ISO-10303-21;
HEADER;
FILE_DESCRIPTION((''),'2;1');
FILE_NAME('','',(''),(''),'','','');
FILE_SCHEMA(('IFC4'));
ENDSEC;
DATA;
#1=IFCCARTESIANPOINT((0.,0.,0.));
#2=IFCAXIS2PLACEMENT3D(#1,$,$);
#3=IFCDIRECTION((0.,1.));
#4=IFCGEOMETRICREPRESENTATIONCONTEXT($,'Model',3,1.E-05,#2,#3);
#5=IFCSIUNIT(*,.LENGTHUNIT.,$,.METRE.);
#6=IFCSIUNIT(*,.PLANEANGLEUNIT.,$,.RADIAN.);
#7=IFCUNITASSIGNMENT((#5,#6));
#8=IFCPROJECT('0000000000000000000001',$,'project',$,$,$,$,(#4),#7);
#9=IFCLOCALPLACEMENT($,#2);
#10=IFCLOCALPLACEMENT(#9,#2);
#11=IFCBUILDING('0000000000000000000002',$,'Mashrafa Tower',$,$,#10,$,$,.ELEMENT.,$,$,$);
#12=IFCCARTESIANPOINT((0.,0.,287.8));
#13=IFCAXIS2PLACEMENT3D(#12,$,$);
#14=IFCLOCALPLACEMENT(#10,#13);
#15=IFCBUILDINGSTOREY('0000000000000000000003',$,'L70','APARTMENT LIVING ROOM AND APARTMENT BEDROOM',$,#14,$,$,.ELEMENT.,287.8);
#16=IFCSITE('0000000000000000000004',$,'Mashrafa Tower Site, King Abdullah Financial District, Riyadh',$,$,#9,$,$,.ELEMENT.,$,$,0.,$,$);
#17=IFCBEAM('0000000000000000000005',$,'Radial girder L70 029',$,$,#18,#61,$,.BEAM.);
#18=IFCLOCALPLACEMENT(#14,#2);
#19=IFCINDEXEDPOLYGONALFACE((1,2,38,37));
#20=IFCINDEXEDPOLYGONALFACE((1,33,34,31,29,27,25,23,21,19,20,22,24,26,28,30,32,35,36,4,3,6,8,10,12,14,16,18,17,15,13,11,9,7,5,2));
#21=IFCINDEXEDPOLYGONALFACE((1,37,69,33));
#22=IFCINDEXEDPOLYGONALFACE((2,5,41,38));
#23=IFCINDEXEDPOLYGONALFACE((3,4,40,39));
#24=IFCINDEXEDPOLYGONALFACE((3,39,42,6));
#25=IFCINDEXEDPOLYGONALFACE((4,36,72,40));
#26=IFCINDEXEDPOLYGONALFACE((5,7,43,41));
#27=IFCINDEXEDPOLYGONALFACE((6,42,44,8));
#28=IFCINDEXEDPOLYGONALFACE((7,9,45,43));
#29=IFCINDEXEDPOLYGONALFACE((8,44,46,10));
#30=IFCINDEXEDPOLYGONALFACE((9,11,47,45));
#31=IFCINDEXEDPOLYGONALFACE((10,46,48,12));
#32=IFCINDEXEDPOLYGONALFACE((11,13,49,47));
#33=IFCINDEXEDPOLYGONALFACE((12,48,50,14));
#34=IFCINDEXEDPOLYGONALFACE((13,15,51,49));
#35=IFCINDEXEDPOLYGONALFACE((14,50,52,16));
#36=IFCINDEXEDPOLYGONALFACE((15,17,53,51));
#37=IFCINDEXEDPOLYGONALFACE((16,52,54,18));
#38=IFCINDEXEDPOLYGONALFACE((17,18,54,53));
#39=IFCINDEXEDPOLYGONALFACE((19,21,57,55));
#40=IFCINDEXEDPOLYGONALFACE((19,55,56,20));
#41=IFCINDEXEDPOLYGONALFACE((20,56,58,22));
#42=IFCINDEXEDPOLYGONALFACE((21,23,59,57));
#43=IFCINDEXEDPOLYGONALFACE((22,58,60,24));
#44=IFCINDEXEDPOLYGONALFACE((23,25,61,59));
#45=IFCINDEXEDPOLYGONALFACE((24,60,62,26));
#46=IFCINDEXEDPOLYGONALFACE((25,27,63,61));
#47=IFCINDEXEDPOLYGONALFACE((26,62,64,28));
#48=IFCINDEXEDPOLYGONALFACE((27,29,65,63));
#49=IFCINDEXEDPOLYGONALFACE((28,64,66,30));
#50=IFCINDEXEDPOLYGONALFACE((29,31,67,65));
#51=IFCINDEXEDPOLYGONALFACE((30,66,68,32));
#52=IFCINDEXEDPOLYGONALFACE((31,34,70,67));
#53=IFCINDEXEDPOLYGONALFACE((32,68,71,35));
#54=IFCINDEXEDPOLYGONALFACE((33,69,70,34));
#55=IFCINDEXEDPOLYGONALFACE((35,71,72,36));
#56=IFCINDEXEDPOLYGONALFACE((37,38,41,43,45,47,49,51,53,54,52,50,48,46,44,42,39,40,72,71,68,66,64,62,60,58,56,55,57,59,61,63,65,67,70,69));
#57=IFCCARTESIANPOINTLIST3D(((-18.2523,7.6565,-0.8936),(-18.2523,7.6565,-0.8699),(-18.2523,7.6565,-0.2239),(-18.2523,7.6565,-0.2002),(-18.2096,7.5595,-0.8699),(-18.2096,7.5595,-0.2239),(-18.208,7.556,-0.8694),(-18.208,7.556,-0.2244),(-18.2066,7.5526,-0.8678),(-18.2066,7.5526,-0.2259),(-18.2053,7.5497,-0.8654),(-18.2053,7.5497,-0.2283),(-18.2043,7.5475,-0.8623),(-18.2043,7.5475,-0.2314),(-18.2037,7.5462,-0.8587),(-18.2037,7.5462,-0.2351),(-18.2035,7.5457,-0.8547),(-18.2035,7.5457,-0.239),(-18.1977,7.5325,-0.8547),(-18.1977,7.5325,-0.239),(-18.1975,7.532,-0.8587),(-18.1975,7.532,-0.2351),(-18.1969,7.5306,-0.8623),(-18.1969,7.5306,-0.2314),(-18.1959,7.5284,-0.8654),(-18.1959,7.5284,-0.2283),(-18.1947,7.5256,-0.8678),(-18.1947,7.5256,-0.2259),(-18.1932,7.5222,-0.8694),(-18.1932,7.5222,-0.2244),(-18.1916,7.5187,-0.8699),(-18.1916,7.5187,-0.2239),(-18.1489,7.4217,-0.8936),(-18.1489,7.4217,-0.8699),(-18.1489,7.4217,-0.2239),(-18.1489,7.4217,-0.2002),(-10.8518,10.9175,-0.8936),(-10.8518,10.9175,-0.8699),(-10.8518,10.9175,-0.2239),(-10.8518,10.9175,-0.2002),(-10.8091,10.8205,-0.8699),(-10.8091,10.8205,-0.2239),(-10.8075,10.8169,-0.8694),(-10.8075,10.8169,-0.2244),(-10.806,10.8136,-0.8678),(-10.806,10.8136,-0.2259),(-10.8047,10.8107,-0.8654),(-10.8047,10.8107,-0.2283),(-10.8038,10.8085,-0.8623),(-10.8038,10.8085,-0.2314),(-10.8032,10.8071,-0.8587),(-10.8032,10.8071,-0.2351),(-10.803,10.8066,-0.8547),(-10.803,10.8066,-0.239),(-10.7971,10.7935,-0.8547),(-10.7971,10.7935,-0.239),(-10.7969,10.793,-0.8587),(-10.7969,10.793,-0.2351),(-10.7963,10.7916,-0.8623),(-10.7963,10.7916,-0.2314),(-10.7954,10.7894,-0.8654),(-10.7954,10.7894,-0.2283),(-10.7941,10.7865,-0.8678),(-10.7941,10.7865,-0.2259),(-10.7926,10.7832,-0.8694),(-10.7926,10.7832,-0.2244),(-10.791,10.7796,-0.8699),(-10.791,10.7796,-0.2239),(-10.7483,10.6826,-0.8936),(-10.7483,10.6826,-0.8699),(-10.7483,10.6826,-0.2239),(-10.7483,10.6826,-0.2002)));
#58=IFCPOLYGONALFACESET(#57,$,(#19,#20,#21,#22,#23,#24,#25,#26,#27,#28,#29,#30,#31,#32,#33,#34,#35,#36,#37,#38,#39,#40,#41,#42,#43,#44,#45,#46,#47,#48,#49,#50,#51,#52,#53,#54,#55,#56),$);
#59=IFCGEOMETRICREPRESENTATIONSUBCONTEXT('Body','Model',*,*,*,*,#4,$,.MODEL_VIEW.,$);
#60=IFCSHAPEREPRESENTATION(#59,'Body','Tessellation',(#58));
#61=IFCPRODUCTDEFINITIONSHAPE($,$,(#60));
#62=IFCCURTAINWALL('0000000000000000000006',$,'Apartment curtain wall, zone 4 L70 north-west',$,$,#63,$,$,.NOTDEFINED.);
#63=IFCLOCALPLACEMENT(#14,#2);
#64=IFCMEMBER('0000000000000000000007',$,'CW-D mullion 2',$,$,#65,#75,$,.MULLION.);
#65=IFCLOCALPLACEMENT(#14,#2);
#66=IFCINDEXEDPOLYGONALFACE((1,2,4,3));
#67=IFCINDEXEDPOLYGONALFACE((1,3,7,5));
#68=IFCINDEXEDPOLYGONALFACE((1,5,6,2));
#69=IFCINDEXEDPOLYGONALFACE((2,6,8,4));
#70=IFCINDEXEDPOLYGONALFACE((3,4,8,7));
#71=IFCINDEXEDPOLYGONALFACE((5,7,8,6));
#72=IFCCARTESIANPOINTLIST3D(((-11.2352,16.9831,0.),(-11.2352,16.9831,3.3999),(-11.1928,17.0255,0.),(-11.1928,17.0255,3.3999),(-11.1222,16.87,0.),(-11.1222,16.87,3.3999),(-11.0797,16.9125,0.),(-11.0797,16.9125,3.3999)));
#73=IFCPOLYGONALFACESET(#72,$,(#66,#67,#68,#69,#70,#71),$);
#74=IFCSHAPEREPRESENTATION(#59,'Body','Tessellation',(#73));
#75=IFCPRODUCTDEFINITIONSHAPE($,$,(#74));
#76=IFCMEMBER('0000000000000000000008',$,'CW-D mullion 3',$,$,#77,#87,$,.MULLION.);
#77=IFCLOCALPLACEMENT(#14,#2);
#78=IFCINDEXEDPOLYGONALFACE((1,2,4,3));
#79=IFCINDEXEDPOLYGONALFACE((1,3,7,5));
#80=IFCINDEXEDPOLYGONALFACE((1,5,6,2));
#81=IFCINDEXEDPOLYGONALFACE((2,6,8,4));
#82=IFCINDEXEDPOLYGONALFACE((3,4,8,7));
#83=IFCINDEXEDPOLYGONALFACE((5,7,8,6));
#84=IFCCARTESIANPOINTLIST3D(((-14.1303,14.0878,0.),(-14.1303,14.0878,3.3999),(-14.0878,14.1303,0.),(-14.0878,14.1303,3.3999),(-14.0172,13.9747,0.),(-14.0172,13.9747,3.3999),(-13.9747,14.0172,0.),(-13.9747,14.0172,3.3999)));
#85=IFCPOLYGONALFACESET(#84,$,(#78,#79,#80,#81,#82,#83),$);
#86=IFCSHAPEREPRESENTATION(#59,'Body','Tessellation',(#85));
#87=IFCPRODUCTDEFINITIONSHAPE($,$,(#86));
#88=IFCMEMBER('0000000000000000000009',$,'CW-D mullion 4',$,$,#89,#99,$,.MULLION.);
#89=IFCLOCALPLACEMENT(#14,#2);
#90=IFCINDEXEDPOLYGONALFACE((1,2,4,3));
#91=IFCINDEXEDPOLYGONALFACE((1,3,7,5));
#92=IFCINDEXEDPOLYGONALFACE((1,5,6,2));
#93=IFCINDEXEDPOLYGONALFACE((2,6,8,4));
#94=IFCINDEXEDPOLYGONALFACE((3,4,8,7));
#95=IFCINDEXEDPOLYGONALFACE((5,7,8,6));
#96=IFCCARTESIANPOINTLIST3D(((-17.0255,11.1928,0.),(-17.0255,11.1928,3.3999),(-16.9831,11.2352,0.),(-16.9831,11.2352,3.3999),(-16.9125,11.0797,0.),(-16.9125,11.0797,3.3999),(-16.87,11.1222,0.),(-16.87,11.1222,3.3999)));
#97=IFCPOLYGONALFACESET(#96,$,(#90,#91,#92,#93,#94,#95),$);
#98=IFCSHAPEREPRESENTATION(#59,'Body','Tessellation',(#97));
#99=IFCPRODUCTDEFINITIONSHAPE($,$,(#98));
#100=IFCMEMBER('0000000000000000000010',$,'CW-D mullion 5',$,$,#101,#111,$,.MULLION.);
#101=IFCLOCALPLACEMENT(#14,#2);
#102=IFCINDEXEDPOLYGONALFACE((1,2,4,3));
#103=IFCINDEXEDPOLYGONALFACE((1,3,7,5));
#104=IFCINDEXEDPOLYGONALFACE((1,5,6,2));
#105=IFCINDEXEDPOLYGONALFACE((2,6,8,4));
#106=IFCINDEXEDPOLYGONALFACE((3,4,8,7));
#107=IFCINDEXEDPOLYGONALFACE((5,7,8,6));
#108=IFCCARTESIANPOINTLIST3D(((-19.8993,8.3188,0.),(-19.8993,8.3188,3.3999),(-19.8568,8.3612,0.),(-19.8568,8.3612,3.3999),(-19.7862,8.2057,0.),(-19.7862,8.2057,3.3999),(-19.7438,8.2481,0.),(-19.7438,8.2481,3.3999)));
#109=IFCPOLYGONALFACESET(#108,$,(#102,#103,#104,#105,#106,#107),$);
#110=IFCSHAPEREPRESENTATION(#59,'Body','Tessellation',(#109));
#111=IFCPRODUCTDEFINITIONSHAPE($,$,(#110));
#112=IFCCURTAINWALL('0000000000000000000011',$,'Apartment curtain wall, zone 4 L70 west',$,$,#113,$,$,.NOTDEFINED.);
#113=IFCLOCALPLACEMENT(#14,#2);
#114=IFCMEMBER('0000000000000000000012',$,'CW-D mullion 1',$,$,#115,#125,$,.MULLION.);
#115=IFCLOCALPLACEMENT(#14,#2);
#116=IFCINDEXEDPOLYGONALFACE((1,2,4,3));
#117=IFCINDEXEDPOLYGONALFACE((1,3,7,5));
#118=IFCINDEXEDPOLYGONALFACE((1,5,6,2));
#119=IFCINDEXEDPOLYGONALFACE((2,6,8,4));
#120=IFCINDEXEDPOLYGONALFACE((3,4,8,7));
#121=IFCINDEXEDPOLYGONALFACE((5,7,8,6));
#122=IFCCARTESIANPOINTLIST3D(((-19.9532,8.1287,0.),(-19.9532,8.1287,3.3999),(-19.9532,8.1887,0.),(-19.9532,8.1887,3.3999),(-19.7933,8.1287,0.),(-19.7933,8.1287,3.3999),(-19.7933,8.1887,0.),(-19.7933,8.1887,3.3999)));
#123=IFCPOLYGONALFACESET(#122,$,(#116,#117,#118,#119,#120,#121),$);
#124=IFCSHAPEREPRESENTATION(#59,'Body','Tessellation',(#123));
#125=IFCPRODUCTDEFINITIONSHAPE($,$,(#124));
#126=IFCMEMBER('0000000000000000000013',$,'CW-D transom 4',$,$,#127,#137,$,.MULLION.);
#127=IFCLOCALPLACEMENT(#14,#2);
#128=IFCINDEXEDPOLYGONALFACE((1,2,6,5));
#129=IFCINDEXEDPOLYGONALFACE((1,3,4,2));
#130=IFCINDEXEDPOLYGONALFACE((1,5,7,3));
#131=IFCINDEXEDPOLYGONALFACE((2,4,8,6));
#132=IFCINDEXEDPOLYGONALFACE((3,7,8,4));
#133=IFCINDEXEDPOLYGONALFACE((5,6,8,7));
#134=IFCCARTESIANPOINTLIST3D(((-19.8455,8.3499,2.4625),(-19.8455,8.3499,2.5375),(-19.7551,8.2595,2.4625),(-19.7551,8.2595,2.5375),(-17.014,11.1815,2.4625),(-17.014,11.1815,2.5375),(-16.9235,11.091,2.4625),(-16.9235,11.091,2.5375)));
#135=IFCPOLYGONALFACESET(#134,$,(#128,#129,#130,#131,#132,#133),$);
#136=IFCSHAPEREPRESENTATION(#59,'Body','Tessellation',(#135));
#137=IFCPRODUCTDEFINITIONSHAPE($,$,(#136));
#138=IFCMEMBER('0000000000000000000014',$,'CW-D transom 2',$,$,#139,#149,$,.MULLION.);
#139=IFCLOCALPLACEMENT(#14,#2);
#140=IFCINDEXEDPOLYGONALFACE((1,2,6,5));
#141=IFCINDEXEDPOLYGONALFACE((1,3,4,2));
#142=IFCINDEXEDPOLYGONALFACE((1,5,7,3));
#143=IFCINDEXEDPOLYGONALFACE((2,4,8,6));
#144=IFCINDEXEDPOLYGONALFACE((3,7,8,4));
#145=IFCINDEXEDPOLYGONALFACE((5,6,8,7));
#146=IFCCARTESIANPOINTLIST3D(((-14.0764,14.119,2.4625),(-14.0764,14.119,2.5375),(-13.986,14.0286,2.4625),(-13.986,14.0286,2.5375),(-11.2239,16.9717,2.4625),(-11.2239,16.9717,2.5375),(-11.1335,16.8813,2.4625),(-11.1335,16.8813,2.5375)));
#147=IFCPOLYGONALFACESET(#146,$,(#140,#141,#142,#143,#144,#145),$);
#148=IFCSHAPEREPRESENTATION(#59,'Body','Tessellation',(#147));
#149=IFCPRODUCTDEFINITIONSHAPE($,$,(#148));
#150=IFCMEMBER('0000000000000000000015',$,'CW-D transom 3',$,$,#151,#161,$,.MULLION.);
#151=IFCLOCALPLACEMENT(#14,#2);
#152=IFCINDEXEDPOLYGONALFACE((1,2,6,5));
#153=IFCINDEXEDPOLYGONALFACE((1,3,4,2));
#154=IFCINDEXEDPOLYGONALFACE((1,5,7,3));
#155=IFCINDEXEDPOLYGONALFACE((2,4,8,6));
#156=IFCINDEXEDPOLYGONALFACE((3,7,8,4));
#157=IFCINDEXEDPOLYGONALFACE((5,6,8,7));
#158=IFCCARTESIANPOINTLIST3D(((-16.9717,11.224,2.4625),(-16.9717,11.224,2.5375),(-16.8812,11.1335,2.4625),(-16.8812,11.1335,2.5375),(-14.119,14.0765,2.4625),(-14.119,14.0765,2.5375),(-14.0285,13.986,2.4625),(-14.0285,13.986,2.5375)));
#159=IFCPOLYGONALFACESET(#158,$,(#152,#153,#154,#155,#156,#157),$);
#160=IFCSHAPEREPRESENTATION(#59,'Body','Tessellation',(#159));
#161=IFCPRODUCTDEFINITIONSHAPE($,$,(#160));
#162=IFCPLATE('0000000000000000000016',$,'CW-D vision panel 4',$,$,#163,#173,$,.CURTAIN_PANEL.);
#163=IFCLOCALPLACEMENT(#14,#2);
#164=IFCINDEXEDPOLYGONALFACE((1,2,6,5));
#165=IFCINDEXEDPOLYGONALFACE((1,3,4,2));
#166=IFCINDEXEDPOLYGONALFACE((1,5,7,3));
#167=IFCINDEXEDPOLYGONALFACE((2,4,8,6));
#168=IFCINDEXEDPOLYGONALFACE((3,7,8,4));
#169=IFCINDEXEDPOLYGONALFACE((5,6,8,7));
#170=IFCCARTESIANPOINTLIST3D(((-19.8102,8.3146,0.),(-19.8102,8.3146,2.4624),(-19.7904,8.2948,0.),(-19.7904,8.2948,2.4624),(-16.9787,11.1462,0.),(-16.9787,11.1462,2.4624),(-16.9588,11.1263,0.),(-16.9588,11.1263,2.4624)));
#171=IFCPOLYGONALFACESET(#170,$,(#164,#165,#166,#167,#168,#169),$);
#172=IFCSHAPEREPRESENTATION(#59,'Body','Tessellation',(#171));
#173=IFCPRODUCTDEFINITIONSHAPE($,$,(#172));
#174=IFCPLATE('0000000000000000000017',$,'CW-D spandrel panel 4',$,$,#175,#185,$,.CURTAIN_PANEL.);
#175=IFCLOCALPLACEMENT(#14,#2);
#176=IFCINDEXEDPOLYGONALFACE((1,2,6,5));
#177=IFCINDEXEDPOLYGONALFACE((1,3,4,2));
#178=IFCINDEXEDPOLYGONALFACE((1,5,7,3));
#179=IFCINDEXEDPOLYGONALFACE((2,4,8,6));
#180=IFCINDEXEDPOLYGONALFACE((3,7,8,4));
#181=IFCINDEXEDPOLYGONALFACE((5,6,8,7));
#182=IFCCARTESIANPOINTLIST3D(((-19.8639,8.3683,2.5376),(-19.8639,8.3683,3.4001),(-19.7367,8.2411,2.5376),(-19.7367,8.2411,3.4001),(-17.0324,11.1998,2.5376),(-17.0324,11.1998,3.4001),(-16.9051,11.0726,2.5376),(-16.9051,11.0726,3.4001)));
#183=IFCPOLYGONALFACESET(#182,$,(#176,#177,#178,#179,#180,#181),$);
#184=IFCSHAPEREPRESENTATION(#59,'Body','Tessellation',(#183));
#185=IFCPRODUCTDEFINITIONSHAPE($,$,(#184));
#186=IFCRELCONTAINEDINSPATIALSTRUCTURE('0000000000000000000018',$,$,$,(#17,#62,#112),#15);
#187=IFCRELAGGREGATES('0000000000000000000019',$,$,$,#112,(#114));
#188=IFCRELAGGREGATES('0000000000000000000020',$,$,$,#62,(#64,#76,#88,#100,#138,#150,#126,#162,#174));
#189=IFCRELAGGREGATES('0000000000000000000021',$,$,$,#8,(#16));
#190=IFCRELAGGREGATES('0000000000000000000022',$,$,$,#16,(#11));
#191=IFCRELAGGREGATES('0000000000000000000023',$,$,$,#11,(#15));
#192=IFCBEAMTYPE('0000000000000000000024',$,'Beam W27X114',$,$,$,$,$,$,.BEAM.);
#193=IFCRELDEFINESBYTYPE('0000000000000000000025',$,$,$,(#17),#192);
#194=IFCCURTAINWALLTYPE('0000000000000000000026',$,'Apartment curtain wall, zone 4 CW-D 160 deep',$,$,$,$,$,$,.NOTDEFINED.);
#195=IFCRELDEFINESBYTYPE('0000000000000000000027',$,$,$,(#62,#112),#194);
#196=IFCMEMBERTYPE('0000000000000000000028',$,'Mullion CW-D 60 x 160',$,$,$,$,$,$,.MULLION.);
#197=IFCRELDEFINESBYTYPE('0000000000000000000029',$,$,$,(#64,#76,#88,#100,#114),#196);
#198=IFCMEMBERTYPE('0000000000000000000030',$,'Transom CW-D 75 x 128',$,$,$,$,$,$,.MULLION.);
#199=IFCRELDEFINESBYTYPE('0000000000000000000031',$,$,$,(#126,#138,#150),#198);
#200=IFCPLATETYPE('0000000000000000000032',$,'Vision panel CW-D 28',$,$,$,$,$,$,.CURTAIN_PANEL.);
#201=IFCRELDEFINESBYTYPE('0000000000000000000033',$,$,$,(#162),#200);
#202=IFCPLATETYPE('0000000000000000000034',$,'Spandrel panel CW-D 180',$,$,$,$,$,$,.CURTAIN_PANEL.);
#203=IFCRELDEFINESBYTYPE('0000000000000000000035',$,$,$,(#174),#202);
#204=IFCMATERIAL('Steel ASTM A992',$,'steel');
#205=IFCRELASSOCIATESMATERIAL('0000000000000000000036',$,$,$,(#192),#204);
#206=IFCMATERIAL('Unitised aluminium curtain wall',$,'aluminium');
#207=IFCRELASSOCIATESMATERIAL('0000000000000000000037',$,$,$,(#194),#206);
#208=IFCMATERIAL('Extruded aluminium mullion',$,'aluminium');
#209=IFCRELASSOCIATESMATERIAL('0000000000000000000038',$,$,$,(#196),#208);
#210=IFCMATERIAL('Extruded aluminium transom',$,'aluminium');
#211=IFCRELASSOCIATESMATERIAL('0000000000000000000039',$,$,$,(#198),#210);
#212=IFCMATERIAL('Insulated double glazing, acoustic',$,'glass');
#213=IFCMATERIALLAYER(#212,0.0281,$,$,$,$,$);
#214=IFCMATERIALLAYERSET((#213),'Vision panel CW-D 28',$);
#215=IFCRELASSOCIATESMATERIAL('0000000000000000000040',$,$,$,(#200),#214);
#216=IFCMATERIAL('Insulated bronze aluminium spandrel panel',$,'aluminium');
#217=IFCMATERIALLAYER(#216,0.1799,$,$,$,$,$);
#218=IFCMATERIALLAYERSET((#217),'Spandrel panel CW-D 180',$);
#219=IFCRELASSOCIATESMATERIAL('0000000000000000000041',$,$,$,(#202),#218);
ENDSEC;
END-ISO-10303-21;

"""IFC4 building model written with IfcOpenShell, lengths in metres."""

from ifc_helpers import new_model, si_unit, direction, frame, origin, origin_2d, place, context, subcontext, project, spatial, rectangle, i_section, extrude, source, transform, mapped, material, layer, layer_set, material_profile, profile_set, type_object, type_shapes, element, aggregate, save


model = new_model("IFC4")

# Units and contexts
model_context = context("Model", 3, precision=1e-05, world=origin(), true_north=direction((0.0, 1.0)))
body_context = subcontext(model_context, "Body", "Model", "MODEL_VIEW")
ifc_project = project(units=[si_unit("LENGTHUNIT", "METRE"), si_unit("PLANEANGLEUNIT", "RADIAN")], contexts=[model_context])

# Site, building, storey
site_placement = place(None, origin())
site = spatial("IfcSite", under=ifc_project, at=site_placement, Name="Mashrafa Tower Site, King Abdullah Financial District, Riyadh", CompositionType="ELEMENT", RefElevation=0.0)
building_placement = place(site_placement, origin())
building = spatial("IfcBuilding", under=site, at=building_placement, Name="Mashrafa Tower", CompositionType="ELEMENT")
storey_placement = place(building_placement, frame((0.0, 0.0, 287.8)))
storey = spatial("IfcBuildingStorey", under=building, at=storey_placement, Name="L70", Description="APARTMENT LIVING ROOM AND APARTMENT BEDROOM", CompositionType="ELEMENT", Elevation=287.8)

# Beam
ifc_material_1 = material(Name="Steel ASTM A992", Category="steel")
ifc_material_profile_1 = material_profile(ifc_material_1, i_section(OverallWidth=0.2566, OverallDepth=0.6934, WebThickness=0.0144, FlangeThickness=0.0237, FilletRadius=0.0151, at=origin_2d()), Name="W27X114")
ifc_profile_set_1 = profile_set([ifc_material_profile_1], Name="Steel ASTM A992")
beam_type_1 = type_object("IfcBeamType", Name="Beam W27X114", PredefinedType="BEAM", material=ifc_profile_set_1)
beam_1_placement = place(storey_placement, frame((-10.8, 10.8, -0.5469), z_axis=(-0.9151, -0.403226, 0.0), x_axis=(0.403226, -0.9151, 0.0)))
element("IfcBeam", 1, at=beam_1_placement, inside=storey, type_object=beam_type_1, Name="Radial girder L70 029", PredefinedType="BEAM", context=body_context, shape_type="SweptSolid", body=[
    extrude(i_section(OverallWidth=0.2566, OverallDepth=0.6934, WebThickness=0.0144, FlangeThickness=0.0237, FilletRadius=0.0151, at=origin_2d()), origin(), (0.0, 0.0, 1.0), 8.0872),
])

# Curtain wall, members
ifc_material_2 = material(Name="Unitised aluminium curtain wall", Category="aluminium")
curtain_wall_type = type_object("IfcCurtainWallType", Name="Apartment curtain wall, zone 4 CW-D 160 deep", PredefinedType="NOTDEFINED", material=ifc_material_2)
curtain_wall_1_placement = place(storey_placement, origin())
curtain_wall_1 = element("IfcCurtainWall", 2, at=curtain_wall_1_placement, inside=storey, type_object=curtain_wall_type, Name="Apartment curtain wall, zone 4 L70 north-west", PredefinedType="NOTDEFINED")
ifc_material_3 = material(Name="Extruded aluminium mullion", Category="aluminium")
ifc_material_profile_2 = material_profile(ifc_material_3, rectangle(XDim=0.1599, YDim=0.0601, at=origin_2d()), Name="Mullion 60x160")
ifc_profile_set_2 = profile_set([ifc_material_profile_2], Name="Extruded aluminium mullion")
member_type_1 = type_object("IfcMemberType", Name="Mullion CW-D 60 x 160", PredefinedType="MULLION", material=ifc_profile_set_2)
shared_shape_1 = source(origin(), body_context, "Body", "SweptSolid", [
    extrude(rectangle(XDim=0.1599, YDim=0.0601, at=origin_2d()), origin(), (0.0, 0.0, 1.0), 3.3999),
])
type_shapes(member_type_1, [shared_shape_1])
member_1_placement = place(storey_placement, frame((-11.1575, 16.9478, 0.0), z_axis=(0.0, 0.0, 1.0), x_axis=(0.707107, -0.707107, 0.0)))
member_1 = element("IfcMember", 3, at=member_1_placement, type_object=member_type_1, Name="CW-D mullion 2", PredefinedType="MULLION", context=body_context, shape_type="MappedRepresentation", body=[
    mapped(shared_shape_1, transform((0.0, 0.0, 0.0))),
])
member_2_placement = place(storey_placement, frame((-14.0525, 14.0525, 0.0), z_axis=(0.0, 0.0, 1.0), x_axis=(0.707107, -0.707107, 0.0)))
member_2 = element("IfcMember", 4, at=member_2_placement, type_object=member_type_1, Name="CW-D mullion 3", PredefinedType="MULLION", context=body_context, shape_type="MappedRepresentation", body=[
    mapped(shared_shape_1, transform((0.0, 0.0, 0.0))),
])
member_3_placement = place(storey_placement, frame((-16.9478, 11.1575, 0.0), z_axis=(0.0, 0.0, 1.0), x_axis=(0.707107, -0.707107, 0.0)))
member_3 = element("IfcMember", 5, at=member_3_placement, type_object=member_type_1, Name="CW-D mullion 4", PredefinedType="MULLION", context=body_context, shape_type="MappedRepresentation", body=[
    mapped(shared_shape_1, transform((0.0, 0.0, 0.0))),
])
member_4_placement = place(storey_placement, frame((-19.8215, 8.2834, 0.0), z_axis=(0.0, 0.0, 1.0), x_axis=(0.707107, -0.707107, 0.0)))
member_4 = element("IfcMember", 6, at=member_4_placement, type_object=member_type_1, Name="CW-D mullion 5", PredefinedType="MULLION", context=body_context, shape_type="MappedRepresentation", body=[
    mapped(shared_shape_1, transform((0.0, 0.0, 0.0))),
])

# Curtain wall, member
curtain_wall_2_placement = place(storey_placement, origin())
curtain_wall_2 = element("IfcCurtainWall", 7, at=curtain_wall_2_placement, inside=storey, type_object=curtain_wall_type, Name="Apartment curtain wall, zone 4 L70 west", PredefinedType="NOTDEFINED")
member_5_placement = place(storey_placement, frame((-19.8733, 8.1587, 0.0), z_axis=(0.0, 0.0, 1.0), x_axis=(1.0, 0.0, 0.0)))
member_5 = element("IfcMember", 8, at=member_5_placement, type_object=member_type_1, Name="CW-D mullion 1", PredefinedType="MULLION", context=body_context, shape_type="MappedRepresentation", body=[
    mapped(shared_shape_1, transform((0.0, 0.0, 0.0))),
])
aggregate(curtain_wall_2, [member_5])

# Members
ifc_material_4 = material(Name="Extruded aluminium transom", Category="aluminium")
ifc_material_profile_3 = material_profile(ifc_material_4, rectangle(XDim=0.1279, YDim=0.075, at=origin_2d()), Name="Transom 75x128")
ifc_profile_set_3 = profile_set([ifc_material_profile_3], Name="Extruded aluminium transom")
member_type_2 = type_object("IfcMemberType", Name="Transom CW-D 75 x 128", PredefinedType="MULLION", material=ifc_profile_set_3)
shared_shape_2 = source(origin(), body_context, "Body", "SweptSolid", [
    extrude(rectangle(XDim=0.1279, YDim=0.075, at=origin_2d()), origin(), (0.0, 0.0, 1.0), 4.0044),
])
member_6_placement = place(storey_placement, frame((-16.9688, 11.1362, 2.5), z_axis=(-0.707107, -0.707107, 0.0), x_axis=(0.707107, -0.707107, 0.0)))
member_6 = element("IfcMember", 9, at=member_6_placement, type_object=member_type_2, Name="CW-D transom 4", PredefinedType="MULLION", context=body_context, shape_type="MappedRepresentation", body=[
    mapped(shared_shape_2, transform((0.0, 0.0, 0.0))),
])
shared_shape_3 = source(origin(), body_context, "Body", "SweptSolid", [
    extrude(rectangle(XDim=0.1279, YDim=0.075, at=origin_2d()), origin(), (0.0, 0.0, 1.0), 4.0342),
])
type_shapes(member_type_2, [shared_shape_2, shared_shape_3])
member_7_placement = place(storey_placement, frame((-11.1787, 16.9265, 2.5), z_axis=(-0.707077, -0.707137, 0.0), x_axis=(0.707137, -0.707077, 0.0)))
member_7 = element("IfcMember", 10, at=member_7_placement, type_object=member_type_2, Name="CW-D transom 2", PredefinedType="MULLION", context=body_context, shape_type="MappedRepresentation", body=[
    mapped(shared_shape_3, transform((0.0, 0.0, 0.0))),
])
member_8_placement = place(storey_placement, frame((-14.0737, 14.0312, 2.5), z_axis=(-0.707137, -0.707077, 0.0), x_axis=(0.707077, -0.707137, 0.0)))
member_8 = element("IfcMember", 11, at=member_8_placement, type_object=member_type_2, Name="CW-D transom 3", PredefinedType="MULLION", context=body_context, shape_type="MappedRepresentation", body=[
    mapped(shared_shape_3, transform((0.0, 0.0, 0.0))),
])

# Plates
ifc_material_5 = material(Name="Insulated double glazing, acoustic", Category="glass")
ifc_layer_1 = layer(ifc_material_5, 0.0281)
ifc_layer_set_1 = layer_set([ifc_layer_1], Name="Vision panel CW-D 28")
plate_type_1 = type_object("IfcPlateType", Name="Vision panel CW-D 28", PredefinedType="CURTAIN_PANEL", material=ifc_layer_set_1)
shared_shape_4 = source(origin(), body_context, "Body", "SweptSolid", [
    extrude(rectangle(XDim=4.0044, YDim=0.0281, at=origin_2d()), origin(), (0.0, 0.0, 1.0), 2.4624),
])
plate_1_placement = place(storey_placement, frame((-18.3845, 9.7205, 0.0), z_axis=(0.0, 0.0, 1.0), x_axis=(-0.707107, -0.707107, 0.0)))
plate_1 = element("IfcPlate", 12, at=plate_1_placement, type_object=plate_type_1, Name="CW-D vision panel 4", PredefinedType="CURTAIN_PANEL", context=body_context, shape_type="MappedRepresentation", body=[
    mapped(shared_shape_4, transform((0.0, 0.0, 0.0))),
])
ifc_material_6 = material(Name="Insulated bronze aluminium spandrel panel", Category="aluminium")
ifc_layer_2 = layer(ifc_material_6, 0.1799)
ifc_layer_set_2 = layer_set([ifc_layer_2], Name="Spandrel panel CW-D 180")
plate_type_2 = type_object("IfcPlateType", Name="Spandrel panel CW-D 180", PredefinedType="CURTAIN_PANEL", material=ifc_layer_set_2)
shared_shape_5 = source(origin(), body_context, "Body", "SweptSolid", [
    extrude(rectangle(XDim=4.0044, YDim=0.1799, at=origin_2d()), origin(), (0.0, 0.0, 1.0), 0.8625),
])
plate_2_placement = place(storey_placement, frame((-18.3845, 9.7205, 2.5376), z_axis=(0.0, 0.0, 1.0), x_axis=(-0.707107, -0.707107, 0.0)))
plate_2 = element("IfcPlate", 13, at=plate_2_placement, type_object=plate_type_2, Name="CW-D spandrel panel 4", PredefinedType="CURTAIN_PANEL", context=body_context, shape_type="MappedRepresentation", body=[
    mapped(shared_shape_5, transform((0.0, 0.0, 0.0))),
])
aggregate(curtain_wall_1, [member_1, member_2, member_3, member_4, member_7, member_8, member_6, plate_1, plate_2])

save(model, "model.ifc")
